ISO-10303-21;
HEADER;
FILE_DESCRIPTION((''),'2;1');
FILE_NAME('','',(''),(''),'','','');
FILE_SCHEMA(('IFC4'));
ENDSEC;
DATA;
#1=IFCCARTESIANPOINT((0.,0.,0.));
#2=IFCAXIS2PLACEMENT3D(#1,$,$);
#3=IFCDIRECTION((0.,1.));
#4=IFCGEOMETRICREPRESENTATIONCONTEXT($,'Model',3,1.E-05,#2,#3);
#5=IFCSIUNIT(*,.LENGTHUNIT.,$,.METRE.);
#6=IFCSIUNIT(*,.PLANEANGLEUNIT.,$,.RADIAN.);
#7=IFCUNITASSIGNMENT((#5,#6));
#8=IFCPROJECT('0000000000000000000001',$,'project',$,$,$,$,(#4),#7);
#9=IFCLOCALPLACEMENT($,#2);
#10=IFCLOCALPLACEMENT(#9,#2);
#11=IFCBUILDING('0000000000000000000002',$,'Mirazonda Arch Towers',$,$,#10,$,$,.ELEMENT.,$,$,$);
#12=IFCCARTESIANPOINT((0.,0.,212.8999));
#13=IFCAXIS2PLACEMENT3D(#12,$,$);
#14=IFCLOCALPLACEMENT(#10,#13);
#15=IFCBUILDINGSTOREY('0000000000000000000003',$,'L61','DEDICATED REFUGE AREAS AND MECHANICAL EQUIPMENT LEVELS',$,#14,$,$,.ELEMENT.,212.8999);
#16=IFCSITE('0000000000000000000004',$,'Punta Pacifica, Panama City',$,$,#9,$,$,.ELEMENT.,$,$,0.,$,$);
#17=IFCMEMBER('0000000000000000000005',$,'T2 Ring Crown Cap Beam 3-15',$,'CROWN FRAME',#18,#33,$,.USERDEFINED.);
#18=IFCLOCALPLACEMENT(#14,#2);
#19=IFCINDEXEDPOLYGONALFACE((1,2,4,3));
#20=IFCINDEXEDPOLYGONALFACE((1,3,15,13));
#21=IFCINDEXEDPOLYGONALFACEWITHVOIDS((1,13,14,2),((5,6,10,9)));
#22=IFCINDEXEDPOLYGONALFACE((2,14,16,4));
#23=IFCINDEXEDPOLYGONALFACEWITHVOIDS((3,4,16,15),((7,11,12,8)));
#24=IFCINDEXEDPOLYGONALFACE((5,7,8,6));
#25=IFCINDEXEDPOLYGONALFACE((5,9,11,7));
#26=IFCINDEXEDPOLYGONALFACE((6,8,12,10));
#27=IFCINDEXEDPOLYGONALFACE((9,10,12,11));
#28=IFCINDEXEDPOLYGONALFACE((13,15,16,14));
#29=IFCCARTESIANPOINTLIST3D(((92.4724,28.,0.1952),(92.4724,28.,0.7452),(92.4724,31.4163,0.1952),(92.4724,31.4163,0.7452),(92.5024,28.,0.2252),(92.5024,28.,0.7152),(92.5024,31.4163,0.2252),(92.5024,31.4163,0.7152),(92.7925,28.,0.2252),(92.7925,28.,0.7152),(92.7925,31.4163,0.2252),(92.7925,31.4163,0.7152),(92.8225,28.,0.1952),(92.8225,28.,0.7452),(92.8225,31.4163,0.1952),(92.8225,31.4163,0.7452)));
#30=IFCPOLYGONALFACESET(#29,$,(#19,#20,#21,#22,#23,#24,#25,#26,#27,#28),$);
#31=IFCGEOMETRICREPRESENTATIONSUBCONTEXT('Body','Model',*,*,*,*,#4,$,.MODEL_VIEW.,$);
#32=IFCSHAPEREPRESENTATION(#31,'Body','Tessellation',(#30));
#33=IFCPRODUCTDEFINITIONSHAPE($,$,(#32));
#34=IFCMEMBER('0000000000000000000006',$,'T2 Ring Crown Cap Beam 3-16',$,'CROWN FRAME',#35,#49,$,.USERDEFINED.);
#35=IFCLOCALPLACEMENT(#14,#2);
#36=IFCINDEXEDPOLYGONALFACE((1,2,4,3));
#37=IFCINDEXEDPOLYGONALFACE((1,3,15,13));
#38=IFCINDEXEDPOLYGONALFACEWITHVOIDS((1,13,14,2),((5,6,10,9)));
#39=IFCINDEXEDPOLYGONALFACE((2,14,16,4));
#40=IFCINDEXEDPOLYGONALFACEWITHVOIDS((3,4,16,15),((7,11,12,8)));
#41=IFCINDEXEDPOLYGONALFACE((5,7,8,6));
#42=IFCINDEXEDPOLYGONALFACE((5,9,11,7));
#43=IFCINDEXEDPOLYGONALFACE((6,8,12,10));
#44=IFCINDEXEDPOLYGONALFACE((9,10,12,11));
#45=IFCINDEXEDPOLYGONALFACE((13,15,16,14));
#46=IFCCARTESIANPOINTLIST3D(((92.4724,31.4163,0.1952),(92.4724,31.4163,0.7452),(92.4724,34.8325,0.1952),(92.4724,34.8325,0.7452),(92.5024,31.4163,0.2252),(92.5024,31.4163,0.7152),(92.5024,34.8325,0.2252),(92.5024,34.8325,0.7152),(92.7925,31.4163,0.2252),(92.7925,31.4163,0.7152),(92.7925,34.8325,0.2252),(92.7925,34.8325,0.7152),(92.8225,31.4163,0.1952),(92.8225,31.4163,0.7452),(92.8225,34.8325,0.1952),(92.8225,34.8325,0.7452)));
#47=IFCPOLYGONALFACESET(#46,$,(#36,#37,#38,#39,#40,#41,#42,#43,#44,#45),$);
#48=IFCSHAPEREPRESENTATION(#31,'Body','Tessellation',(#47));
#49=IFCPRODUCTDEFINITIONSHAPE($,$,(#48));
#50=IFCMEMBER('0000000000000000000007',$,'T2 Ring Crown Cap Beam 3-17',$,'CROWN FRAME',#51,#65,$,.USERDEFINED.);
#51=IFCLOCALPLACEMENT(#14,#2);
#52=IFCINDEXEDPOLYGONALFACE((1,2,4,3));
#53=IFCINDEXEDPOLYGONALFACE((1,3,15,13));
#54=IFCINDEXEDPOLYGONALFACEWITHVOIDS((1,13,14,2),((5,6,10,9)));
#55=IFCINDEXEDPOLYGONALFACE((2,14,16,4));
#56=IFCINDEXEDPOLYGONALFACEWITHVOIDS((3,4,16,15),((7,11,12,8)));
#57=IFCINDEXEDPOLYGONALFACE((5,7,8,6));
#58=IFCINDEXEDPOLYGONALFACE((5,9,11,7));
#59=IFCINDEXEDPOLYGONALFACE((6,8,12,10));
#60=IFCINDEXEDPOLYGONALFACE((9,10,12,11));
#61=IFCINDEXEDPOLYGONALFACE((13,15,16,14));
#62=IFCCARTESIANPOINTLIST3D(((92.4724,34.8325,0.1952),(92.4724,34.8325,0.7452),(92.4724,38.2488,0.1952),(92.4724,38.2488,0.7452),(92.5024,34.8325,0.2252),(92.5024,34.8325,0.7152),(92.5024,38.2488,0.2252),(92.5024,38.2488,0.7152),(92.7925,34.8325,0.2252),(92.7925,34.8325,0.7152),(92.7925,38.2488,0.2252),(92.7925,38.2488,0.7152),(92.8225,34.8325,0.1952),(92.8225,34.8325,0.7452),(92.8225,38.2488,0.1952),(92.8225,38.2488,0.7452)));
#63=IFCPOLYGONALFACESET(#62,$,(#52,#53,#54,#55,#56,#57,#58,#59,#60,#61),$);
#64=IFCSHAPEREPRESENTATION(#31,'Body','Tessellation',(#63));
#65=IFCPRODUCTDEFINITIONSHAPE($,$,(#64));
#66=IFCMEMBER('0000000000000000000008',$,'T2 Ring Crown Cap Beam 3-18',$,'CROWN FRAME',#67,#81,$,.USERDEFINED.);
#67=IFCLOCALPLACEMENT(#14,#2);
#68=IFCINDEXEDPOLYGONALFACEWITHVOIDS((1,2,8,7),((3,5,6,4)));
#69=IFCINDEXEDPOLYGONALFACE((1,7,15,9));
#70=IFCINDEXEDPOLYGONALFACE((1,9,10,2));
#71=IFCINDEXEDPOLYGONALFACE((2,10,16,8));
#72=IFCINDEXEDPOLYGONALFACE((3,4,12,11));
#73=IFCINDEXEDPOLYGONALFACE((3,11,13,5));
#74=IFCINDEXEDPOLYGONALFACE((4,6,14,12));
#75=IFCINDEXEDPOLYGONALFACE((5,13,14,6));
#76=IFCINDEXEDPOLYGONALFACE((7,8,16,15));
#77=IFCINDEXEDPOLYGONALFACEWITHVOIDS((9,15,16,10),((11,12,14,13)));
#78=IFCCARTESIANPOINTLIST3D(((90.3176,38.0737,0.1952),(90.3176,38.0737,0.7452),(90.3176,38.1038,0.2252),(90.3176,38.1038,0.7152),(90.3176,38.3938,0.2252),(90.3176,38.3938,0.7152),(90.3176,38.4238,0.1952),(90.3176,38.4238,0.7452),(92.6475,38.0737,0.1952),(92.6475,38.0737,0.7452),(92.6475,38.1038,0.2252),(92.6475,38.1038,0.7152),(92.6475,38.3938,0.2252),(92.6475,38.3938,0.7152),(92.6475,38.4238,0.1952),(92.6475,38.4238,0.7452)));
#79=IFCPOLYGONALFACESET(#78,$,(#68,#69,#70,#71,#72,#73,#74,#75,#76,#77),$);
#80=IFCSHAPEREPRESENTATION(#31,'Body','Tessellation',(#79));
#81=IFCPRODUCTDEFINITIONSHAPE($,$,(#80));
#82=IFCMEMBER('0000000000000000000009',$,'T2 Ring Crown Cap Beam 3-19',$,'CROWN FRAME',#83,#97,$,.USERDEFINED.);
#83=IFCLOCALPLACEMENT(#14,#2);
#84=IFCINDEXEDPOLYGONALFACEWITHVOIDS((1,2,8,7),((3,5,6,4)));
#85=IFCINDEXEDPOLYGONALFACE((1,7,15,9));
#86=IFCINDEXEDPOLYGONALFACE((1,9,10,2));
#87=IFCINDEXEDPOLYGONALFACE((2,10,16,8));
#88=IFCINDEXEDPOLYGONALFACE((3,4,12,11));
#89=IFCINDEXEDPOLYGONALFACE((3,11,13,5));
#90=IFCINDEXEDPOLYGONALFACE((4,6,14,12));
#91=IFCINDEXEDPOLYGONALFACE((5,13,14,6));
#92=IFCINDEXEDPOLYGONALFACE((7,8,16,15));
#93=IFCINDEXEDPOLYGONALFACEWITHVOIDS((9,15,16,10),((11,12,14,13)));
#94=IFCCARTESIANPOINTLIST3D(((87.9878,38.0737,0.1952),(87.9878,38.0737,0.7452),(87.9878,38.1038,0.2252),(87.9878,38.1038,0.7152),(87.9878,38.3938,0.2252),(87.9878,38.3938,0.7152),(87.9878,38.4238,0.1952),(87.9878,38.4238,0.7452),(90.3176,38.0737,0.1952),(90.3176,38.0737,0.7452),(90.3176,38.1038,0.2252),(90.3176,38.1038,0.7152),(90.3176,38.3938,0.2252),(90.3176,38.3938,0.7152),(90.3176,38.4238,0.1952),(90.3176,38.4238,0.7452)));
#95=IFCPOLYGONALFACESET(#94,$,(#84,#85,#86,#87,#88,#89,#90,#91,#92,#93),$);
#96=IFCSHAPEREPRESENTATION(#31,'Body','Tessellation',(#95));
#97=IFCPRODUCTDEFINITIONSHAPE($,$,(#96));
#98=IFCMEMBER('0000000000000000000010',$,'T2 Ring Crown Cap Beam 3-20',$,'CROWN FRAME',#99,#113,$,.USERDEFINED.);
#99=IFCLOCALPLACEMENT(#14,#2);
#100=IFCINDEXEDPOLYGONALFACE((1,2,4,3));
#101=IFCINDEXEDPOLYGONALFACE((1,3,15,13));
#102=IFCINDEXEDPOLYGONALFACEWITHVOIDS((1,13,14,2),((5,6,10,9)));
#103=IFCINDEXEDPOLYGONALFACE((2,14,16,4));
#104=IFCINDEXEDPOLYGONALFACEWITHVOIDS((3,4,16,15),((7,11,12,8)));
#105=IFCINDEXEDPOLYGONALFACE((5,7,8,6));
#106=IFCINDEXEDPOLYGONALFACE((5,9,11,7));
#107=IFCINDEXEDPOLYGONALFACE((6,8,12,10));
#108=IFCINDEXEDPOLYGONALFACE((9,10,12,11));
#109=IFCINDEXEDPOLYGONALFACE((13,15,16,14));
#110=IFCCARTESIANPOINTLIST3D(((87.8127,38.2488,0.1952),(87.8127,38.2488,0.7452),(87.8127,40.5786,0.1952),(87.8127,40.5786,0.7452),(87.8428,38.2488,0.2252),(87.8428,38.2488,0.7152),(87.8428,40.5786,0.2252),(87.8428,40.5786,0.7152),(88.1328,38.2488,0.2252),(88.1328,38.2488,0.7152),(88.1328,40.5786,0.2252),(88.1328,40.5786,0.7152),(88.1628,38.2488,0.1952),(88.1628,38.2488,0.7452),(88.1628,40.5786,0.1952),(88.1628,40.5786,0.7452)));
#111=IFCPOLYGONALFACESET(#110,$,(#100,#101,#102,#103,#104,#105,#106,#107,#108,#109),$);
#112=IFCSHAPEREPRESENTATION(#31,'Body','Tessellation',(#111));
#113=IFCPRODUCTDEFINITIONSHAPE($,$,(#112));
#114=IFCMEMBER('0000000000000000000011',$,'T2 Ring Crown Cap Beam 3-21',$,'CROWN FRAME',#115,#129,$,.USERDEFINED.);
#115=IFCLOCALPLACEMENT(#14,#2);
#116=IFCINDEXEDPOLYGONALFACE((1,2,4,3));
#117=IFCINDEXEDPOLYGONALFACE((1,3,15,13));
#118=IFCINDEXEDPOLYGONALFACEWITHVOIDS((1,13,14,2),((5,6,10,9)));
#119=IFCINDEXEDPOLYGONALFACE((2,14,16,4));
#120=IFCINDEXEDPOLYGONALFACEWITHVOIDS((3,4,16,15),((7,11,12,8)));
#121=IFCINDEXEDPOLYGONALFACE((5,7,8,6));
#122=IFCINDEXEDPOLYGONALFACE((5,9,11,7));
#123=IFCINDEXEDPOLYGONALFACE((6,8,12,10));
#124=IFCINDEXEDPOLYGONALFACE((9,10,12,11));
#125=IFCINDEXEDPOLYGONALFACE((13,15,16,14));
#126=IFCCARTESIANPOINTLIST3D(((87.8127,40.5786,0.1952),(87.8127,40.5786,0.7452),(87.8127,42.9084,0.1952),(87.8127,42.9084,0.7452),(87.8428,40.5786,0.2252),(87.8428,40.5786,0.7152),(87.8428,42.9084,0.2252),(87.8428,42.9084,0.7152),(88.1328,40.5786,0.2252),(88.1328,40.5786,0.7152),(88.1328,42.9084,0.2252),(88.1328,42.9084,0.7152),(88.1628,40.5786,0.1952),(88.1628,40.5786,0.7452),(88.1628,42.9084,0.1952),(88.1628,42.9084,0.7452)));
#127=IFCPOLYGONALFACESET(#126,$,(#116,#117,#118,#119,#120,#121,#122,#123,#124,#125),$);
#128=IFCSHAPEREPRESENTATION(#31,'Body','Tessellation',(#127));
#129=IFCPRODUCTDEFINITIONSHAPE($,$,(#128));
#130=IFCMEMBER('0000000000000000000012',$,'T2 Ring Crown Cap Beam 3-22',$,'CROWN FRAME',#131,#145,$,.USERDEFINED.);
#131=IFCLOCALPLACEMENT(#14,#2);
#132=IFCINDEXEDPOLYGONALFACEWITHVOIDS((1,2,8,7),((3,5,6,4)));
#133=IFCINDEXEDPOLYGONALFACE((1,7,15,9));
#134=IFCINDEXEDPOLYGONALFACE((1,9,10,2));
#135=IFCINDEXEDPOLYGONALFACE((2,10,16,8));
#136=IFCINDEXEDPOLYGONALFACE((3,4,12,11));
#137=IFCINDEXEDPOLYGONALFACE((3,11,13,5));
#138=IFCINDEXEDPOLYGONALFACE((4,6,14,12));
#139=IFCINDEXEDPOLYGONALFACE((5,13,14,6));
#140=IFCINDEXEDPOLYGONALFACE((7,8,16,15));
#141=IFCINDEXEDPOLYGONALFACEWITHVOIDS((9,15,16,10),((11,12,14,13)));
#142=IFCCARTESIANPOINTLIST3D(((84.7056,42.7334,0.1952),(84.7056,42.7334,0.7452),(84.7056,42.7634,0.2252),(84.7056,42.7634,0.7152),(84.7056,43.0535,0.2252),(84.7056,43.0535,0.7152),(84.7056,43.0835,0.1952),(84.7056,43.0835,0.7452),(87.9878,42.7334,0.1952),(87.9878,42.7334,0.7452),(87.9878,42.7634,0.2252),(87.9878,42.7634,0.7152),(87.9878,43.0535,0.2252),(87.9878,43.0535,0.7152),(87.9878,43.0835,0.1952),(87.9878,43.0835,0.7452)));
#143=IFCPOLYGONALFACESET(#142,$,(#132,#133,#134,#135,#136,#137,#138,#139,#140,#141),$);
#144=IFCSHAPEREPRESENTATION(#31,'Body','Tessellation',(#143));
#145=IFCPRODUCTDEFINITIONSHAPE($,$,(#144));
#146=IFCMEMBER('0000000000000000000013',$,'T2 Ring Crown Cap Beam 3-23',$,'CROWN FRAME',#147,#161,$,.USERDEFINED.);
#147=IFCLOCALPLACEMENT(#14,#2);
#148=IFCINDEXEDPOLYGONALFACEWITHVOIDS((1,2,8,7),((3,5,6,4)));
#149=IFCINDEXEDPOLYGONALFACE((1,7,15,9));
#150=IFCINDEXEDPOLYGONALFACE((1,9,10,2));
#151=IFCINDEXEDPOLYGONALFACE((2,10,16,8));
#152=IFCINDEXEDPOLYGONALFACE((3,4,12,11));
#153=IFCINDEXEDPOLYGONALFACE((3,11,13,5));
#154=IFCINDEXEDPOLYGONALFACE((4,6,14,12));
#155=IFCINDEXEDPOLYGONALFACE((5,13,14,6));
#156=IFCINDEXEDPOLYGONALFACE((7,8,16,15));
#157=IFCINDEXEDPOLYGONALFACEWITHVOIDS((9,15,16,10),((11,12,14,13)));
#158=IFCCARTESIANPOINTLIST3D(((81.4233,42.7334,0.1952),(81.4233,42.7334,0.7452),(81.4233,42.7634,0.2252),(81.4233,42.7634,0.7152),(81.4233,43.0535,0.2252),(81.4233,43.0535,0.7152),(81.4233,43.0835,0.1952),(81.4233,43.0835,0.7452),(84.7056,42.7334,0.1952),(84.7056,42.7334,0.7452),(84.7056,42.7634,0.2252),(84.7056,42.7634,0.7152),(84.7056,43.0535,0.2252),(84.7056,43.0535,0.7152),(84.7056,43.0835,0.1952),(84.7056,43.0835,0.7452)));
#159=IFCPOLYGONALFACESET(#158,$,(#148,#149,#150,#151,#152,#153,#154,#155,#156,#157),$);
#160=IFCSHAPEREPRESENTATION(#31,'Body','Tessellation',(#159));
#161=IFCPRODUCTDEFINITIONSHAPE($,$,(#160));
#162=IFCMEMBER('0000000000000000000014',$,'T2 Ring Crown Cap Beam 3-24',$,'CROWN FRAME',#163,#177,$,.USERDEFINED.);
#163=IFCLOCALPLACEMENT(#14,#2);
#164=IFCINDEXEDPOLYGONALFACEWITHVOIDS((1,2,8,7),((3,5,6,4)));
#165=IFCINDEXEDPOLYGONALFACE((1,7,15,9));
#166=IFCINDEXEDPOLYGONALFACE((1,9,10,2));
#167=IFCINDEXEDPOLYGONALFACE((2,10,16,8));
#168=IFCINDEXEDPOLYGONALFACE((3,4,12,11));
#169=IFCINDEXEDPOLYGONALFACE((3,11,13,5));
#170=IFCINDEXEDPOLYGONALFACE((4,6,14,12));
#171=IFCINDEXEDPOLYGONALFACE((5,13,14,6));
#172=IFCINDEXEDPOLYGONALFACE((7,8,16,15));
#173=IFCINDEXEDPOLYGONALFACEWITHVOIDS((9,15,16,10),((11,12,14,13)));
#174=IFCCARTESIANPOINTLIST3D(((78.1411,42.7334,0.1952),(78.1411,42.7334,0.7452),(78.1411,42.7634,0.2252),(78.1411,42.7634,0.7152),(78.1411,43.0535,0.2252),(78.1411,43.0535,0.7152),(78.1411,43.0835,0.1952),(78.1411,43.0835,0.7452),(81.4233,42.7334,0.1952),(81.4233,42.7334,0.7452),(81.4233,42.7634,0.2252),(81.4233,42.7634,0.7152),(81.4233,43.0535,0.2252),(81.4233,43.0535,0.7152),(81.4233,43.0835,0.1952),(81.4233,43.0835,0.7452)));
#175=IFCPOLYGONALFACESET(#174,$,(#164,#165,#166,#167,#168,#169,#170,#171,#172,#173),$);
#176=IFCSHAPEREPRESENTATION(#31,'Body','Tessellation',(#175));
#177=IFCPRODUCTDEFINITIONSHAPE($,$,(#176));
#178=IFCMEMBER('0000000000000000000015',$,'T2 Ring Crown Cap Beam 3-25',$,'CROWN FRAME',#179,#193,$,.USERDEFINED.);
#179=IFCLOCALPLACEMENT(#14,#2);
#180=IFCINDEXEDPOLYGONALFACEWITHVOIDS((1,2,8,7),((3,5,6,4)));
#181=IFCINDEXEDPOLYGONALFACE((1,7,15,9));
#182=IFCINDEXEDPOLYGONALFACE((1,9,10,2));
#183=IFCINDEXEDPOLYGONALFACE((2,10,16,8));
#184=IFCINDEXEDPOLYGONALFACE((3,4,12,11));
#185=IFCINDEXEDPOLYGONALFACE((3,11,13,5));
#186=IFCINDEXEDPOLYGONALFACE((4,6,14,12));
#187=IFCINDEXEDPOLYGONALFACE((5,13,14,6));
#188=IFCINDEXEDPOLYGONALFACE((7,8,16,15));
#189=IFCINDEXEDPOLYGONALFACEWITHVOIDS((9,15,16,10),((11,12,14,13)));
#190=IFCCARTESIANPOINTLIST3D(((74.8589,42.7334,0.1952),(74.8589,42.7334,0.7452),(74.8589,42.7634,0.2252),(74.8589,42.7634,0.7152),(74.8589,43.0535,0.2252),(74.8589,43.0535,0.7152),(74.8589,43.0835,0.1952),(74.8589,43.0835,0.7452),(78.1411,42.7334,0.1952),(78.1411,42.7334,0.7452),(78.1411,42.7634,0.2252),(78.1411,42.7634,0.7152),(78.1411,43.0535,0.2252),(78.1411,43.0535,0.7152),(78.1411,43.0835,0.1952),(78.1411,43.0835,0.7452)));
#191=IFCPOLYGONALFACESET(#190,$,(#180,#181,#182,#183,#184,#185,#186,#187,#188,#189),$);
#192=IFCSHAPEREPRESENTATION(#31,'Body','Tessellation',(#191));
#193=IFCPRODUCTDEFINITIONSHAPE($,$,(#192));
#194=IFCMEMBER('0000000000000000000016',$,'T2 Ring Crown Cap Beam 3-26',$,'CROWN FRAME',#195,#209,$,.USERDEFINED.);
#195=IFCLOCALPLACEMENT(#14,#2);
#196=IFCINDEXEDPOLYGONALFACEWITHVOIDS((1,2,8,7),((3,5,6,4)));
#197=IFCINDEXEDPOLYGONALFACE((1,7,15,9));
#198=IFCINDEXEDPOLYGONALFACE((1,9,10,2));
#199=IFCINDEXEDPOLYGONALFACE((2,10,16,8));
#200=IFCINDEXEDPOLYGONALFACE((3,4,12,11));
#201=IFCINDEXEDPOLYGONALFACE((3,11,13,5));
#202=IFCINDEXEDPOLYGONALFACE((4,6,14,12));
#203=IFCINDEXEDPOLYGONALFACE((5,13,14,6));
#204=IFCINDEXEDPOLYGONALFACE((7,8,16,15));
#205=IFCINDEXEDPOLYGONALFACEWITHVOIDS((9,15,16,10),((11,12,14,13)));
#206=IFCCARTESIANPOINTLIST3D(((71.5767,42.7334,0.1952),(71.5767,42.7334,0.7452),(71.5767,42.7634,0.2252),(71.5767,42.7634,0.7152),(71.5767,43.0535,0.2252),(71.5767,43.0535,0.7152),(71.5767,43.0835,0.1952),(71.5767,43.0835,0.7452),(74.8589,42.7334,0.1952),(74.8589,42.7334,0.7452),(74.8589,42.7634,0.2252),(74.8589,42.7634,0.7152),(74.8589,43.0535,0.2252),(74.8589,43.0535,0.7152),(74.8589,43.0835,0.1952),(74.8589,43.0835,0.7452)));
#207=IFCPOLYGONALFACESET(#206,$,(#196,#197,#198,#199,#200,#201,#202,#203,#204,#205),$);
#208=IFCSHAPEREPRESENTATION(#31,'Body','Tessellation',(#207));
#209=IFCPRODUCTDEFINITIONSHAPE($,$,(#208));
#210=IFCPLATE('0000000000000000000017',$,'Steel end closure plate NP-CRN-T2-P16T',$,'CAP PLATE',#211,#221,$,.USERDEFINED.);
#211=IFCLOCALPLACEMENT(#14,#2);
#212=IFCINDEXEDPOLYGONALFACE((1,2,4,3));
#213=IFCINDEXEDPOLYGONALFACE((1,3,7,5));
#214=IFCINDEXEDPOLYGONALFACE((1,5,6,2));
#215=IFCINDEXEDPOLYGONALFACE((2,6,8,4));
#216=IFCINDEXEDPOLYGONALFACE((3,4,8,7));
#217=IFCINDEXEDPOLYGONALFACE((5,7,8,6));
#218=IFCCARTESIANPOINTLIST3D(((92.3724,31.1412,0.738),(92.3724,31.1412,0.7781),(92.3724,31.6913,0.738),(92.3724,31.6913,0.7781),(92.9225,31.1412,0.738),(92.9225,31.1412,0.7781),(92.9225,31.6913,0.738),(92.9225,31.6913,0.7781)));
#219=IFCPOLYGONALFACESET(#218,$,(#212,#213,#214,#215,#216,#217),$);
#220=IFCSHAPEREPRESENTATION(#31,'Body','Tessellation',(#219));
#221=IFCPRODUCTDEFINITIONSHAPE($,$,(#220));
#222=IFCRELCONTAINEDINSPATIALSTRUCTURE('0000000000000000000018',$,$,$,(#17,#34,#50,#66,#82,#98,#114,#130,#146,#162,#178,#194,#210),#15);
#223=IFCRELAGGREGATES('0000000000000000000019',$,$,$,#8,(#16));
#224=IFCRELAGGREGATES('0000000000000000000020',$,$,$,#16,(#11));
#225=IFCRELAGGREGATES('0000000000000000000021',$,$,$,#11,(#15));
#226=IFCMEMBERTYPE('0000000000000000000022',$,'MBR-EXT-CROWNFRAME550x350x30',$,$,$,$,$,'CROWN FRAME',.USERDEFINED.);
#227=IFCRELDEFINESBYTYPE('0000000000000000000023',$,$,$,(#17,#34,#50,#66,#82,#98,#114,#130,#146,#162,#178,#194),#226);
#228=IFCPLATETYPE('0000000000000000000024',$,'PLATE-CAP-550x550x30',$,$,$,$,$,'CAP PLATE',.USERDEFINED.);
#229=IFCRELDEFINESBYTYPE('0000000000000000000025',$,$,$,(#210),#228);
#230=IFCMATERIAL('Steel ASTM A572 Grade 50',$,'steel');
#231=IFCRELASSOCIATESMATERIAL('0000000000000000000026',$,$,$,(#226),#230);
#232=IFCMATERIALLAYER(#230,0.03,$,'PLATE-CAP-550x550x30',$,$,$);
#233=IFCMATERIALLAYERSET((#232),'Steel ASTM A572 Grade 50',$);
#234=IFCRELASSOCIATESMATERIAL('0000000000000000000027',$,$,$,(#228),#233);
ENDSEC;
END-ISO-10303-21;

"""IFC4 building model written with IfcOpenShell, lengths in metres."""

from ifc_helpers import new_model, si_unit, direction, frame, origin, origin_2d, place, context, subcontext, project, spatial, rectangle, hollow_rectangle, extrude, material, layer, layer_set, material_profile, profile_set, type_object, element, save


model = new_model("IFC4")

# Units and contexts
model_context = context("Model", 3, precision=1e-05, world=origin(), true_north=direction((0.0, 1.0)))
body_context = subcontext(model_context, "Body", "Model", "MODEL_VIEW")
ifc_project = project(units=[si_unit("LENGTHUNIT", "METRE"), si_unit("PLANEANGLEUNIT", "RADIAN")], contexts=[model_context])

# Site, building, storey
site_placement = place(None, origin())
site = spatial("IfcSite", under=ifc_project, at=site_placement, Name="Punta Pacifica, Panama City", CompositionType="ELEMENT", RefElevation=0.0)
building_placement = place(site_placement, origin())
building = spatial("IfcBuilding", under=site, at=building_placement, Name="Mirazonda Arch Towers", CompositionType="ELEMENT")
storey_placement = place(building_placement, frame((0.0, 0.0, 212.8999)))
storey = spatial("IfcBuildingStorey", under=building, at=storey_placement, Name="L61", Description="DEDICATED REFUGE AREAS AND MECHANICAL EQUIPMENT LEVELS", CompositionType="ELEMENT", Elevation=212.8999)

# Members
ifc_material_1 = material(Name="Steel ASTM A572 Grade 50", Category="steel")
ifc_material_profile = material_profile(ifc_material_1, hollow_rectangle(XDim=0.3501, YDim=0.55, WallThickness=0.03, at=origin_2d()), Name="CROWNFRAME550x350x30")
ifc_profile_set = profile_set([ifc_material_profile], Name="Steel ASTM A572 Grade 50")
member_type = type_object("IfcMemberType", Name="MBR-EXT-CROWNFRAME550x350x30", ElementType="CROWN FRAME", PredefinedType="USERDEFINED", material=ifc_profile_set)
for number, where, z_axis, x_axis, name in (
    (1, (92.6475, 28.0, 0.4702), (0.0, 1.0, 0.0), (-1.0, 0.0, 0.0), "T2 Ring Crown Cap Beam 3-15"),
    (2, (92.6475, 31.4163, 0.4702), (0.0, 1.0, 0.0), (-1.0, 0.0, 0.0), "T2 Ring Crown Cap Beam 3-16"),
    (3, (92.6475, 34.8325, 0.4702), (0.0, 1.0, 0.0), (-1.0, 0.0, 0.0), "T2 Ring Crown Cap Beam 3-17"),
):
    element("IfcMember", number, at=place(storey_placement, frame(where, z_axis=z_axis, x_axis=x_axis)), inside=storey, type_object=member_type, Name=name, ObjectType="CROWN FRAME", PredefinedType="USERDEFINED", context=body_context, shape_type="SweptSolid", body=[
        extrude(hollow_rectangle(XDim=0.3501, YDim=0.55, WallThickness=0.03, at=origin_2d()), origin(), (0.0, 0.0, 1.0), 3.4163),
    ])
for number, where, z_axis, x_axis, name in (
    (4, (92.6475, 38.2488, 0.4702), (-1.0, 0.0, 0.0), (0.0, -1.0, 0.0), "T2 Ring Crown Cap Beam 3-18"),
    (5, (90.3176, 38.2488, 0.4702), (-1.0, 0.0, 0.0), (0.0, -1.0, 0.0), "T2 Ring Crown Cap Beam 3-19"),
    (6, (87.9878, 38.2488, 0.4702), (0.0, 1.0, 0.0), (-1.0, 0.0, 0.0), "T2 Ring Crown Cap Beam 3-20"),
    (7, (87.9878, 40.5786, 0.4702), (0.0, 1.0, 0.0), (-1.0, 0.0, 0.0), "T2 Ring Crown Cap Beam 3-21"),
):
    element("IfcMember", number, at=place(storey_placement, frame(where, z_axis=z_axis, x_axis=x_axis)), inside=storey, type_object=member_type, Name=name, ObjectType="CROWN FRAME", PredefinedType="USERDEFINED", context=body_context, shape_type="SweptSolid", body=[
        extrude(hollow_rectangle(XDim=0.3501, YDim=0.55, WallThickness=0.03, at=origin_2d()), origin(), (0.0, 0.0, 1.0), 2.3298),
    ])
for number, where, z_axis, x_axis, name in (
    (8, (87.9878, 42.9084, 0.4702), (-1.0, 0.0, 0.0), (0.0, -1.0, 0.0), "T2 Ring Crown Cap Beam 3-22"),
    (9, (84.7056, 42.9084, 0.4702), (-1.0, 0.0, 0.0), (0.0, -1.0, 0.0), "T2 Ring Crown Cap Beam 3-23"),
    (10, (81.4233, 42.9084, 0.4702), (-1.0, 0.0, 0.0), (0.0, -1.0, 0.0), "T2 Ring Crown Cap Beam 3-24"),
    (11, (78.1411, 42.9084, 0.4702), (-1.0, 0.0, 0.0), (0.0, -1.0, 0.0), "T2 Ring Crown Cap Beam 3-25"),
    (12, (74.8589, 42.9084, 0.4702), (-1.0, 0.0, 0.0), (0.0, -1.0, 0.0), "T2 Ring Crown Cap Beam 3-26"),
):
    element("IfcMember", number, at=place(storey_placement, frame(where, z_axis=z_axis, x_axis=x_axis)), inside=storey, type_object=member_type, Name=name, ObjectType="CROWN FRAME", PredefinedType="USERDEFINED", context=body_context, shape_type="SweptSolid", body=[
        extrude(hollow_rectangle(XDim=0.3501, YDim=0.55, WallThickness=0.03, at=origin_2d()), origin(), (0.0, 0.0, 1.0), 3.2822),
    ])

# Plate
ifc_layer_1 = layer(ifc_material_1, 0.03, Name="PLATE-CAP-550x550x30")
ifc_layer_set_1 = layer_set([ifc_layer_1], Name="Steel ASTM A572 Grade 50")
plate_type = type_object("IfcPlateType", Name="PLATE-CAP-550x550x30", ElementType="CAP PLATE", PredefinedType="USERDEFINED", material=ifc_layer_set_1)
for number, where, z_axis, x_axis, name in (
    (13, (92.6475, 31.4163, 0.738), (0.0, 0.0, 1.0), (1.0, 0.0, 0.0), "Steel end closure plate NP-CRN-T2-P16T"),
):
    element("IfcPlate", number, at=place(storey_placement, frame(where, z_axis=z_axis, x_axis=x_axis)), inside=storey, type_object=plate_type, Name=name, ObjectType="CAP PLATE", PredefinedType="USERDEFINED", context=body_context, shape_type="SweptSolid", body=[
        extrude(rectangle(XDim=0.55, YDim=0.55, at=origin_2d()), origin(), (0.0, 0.0, 1.0), 0.04),
    ])

save(model, "model.ifc")
